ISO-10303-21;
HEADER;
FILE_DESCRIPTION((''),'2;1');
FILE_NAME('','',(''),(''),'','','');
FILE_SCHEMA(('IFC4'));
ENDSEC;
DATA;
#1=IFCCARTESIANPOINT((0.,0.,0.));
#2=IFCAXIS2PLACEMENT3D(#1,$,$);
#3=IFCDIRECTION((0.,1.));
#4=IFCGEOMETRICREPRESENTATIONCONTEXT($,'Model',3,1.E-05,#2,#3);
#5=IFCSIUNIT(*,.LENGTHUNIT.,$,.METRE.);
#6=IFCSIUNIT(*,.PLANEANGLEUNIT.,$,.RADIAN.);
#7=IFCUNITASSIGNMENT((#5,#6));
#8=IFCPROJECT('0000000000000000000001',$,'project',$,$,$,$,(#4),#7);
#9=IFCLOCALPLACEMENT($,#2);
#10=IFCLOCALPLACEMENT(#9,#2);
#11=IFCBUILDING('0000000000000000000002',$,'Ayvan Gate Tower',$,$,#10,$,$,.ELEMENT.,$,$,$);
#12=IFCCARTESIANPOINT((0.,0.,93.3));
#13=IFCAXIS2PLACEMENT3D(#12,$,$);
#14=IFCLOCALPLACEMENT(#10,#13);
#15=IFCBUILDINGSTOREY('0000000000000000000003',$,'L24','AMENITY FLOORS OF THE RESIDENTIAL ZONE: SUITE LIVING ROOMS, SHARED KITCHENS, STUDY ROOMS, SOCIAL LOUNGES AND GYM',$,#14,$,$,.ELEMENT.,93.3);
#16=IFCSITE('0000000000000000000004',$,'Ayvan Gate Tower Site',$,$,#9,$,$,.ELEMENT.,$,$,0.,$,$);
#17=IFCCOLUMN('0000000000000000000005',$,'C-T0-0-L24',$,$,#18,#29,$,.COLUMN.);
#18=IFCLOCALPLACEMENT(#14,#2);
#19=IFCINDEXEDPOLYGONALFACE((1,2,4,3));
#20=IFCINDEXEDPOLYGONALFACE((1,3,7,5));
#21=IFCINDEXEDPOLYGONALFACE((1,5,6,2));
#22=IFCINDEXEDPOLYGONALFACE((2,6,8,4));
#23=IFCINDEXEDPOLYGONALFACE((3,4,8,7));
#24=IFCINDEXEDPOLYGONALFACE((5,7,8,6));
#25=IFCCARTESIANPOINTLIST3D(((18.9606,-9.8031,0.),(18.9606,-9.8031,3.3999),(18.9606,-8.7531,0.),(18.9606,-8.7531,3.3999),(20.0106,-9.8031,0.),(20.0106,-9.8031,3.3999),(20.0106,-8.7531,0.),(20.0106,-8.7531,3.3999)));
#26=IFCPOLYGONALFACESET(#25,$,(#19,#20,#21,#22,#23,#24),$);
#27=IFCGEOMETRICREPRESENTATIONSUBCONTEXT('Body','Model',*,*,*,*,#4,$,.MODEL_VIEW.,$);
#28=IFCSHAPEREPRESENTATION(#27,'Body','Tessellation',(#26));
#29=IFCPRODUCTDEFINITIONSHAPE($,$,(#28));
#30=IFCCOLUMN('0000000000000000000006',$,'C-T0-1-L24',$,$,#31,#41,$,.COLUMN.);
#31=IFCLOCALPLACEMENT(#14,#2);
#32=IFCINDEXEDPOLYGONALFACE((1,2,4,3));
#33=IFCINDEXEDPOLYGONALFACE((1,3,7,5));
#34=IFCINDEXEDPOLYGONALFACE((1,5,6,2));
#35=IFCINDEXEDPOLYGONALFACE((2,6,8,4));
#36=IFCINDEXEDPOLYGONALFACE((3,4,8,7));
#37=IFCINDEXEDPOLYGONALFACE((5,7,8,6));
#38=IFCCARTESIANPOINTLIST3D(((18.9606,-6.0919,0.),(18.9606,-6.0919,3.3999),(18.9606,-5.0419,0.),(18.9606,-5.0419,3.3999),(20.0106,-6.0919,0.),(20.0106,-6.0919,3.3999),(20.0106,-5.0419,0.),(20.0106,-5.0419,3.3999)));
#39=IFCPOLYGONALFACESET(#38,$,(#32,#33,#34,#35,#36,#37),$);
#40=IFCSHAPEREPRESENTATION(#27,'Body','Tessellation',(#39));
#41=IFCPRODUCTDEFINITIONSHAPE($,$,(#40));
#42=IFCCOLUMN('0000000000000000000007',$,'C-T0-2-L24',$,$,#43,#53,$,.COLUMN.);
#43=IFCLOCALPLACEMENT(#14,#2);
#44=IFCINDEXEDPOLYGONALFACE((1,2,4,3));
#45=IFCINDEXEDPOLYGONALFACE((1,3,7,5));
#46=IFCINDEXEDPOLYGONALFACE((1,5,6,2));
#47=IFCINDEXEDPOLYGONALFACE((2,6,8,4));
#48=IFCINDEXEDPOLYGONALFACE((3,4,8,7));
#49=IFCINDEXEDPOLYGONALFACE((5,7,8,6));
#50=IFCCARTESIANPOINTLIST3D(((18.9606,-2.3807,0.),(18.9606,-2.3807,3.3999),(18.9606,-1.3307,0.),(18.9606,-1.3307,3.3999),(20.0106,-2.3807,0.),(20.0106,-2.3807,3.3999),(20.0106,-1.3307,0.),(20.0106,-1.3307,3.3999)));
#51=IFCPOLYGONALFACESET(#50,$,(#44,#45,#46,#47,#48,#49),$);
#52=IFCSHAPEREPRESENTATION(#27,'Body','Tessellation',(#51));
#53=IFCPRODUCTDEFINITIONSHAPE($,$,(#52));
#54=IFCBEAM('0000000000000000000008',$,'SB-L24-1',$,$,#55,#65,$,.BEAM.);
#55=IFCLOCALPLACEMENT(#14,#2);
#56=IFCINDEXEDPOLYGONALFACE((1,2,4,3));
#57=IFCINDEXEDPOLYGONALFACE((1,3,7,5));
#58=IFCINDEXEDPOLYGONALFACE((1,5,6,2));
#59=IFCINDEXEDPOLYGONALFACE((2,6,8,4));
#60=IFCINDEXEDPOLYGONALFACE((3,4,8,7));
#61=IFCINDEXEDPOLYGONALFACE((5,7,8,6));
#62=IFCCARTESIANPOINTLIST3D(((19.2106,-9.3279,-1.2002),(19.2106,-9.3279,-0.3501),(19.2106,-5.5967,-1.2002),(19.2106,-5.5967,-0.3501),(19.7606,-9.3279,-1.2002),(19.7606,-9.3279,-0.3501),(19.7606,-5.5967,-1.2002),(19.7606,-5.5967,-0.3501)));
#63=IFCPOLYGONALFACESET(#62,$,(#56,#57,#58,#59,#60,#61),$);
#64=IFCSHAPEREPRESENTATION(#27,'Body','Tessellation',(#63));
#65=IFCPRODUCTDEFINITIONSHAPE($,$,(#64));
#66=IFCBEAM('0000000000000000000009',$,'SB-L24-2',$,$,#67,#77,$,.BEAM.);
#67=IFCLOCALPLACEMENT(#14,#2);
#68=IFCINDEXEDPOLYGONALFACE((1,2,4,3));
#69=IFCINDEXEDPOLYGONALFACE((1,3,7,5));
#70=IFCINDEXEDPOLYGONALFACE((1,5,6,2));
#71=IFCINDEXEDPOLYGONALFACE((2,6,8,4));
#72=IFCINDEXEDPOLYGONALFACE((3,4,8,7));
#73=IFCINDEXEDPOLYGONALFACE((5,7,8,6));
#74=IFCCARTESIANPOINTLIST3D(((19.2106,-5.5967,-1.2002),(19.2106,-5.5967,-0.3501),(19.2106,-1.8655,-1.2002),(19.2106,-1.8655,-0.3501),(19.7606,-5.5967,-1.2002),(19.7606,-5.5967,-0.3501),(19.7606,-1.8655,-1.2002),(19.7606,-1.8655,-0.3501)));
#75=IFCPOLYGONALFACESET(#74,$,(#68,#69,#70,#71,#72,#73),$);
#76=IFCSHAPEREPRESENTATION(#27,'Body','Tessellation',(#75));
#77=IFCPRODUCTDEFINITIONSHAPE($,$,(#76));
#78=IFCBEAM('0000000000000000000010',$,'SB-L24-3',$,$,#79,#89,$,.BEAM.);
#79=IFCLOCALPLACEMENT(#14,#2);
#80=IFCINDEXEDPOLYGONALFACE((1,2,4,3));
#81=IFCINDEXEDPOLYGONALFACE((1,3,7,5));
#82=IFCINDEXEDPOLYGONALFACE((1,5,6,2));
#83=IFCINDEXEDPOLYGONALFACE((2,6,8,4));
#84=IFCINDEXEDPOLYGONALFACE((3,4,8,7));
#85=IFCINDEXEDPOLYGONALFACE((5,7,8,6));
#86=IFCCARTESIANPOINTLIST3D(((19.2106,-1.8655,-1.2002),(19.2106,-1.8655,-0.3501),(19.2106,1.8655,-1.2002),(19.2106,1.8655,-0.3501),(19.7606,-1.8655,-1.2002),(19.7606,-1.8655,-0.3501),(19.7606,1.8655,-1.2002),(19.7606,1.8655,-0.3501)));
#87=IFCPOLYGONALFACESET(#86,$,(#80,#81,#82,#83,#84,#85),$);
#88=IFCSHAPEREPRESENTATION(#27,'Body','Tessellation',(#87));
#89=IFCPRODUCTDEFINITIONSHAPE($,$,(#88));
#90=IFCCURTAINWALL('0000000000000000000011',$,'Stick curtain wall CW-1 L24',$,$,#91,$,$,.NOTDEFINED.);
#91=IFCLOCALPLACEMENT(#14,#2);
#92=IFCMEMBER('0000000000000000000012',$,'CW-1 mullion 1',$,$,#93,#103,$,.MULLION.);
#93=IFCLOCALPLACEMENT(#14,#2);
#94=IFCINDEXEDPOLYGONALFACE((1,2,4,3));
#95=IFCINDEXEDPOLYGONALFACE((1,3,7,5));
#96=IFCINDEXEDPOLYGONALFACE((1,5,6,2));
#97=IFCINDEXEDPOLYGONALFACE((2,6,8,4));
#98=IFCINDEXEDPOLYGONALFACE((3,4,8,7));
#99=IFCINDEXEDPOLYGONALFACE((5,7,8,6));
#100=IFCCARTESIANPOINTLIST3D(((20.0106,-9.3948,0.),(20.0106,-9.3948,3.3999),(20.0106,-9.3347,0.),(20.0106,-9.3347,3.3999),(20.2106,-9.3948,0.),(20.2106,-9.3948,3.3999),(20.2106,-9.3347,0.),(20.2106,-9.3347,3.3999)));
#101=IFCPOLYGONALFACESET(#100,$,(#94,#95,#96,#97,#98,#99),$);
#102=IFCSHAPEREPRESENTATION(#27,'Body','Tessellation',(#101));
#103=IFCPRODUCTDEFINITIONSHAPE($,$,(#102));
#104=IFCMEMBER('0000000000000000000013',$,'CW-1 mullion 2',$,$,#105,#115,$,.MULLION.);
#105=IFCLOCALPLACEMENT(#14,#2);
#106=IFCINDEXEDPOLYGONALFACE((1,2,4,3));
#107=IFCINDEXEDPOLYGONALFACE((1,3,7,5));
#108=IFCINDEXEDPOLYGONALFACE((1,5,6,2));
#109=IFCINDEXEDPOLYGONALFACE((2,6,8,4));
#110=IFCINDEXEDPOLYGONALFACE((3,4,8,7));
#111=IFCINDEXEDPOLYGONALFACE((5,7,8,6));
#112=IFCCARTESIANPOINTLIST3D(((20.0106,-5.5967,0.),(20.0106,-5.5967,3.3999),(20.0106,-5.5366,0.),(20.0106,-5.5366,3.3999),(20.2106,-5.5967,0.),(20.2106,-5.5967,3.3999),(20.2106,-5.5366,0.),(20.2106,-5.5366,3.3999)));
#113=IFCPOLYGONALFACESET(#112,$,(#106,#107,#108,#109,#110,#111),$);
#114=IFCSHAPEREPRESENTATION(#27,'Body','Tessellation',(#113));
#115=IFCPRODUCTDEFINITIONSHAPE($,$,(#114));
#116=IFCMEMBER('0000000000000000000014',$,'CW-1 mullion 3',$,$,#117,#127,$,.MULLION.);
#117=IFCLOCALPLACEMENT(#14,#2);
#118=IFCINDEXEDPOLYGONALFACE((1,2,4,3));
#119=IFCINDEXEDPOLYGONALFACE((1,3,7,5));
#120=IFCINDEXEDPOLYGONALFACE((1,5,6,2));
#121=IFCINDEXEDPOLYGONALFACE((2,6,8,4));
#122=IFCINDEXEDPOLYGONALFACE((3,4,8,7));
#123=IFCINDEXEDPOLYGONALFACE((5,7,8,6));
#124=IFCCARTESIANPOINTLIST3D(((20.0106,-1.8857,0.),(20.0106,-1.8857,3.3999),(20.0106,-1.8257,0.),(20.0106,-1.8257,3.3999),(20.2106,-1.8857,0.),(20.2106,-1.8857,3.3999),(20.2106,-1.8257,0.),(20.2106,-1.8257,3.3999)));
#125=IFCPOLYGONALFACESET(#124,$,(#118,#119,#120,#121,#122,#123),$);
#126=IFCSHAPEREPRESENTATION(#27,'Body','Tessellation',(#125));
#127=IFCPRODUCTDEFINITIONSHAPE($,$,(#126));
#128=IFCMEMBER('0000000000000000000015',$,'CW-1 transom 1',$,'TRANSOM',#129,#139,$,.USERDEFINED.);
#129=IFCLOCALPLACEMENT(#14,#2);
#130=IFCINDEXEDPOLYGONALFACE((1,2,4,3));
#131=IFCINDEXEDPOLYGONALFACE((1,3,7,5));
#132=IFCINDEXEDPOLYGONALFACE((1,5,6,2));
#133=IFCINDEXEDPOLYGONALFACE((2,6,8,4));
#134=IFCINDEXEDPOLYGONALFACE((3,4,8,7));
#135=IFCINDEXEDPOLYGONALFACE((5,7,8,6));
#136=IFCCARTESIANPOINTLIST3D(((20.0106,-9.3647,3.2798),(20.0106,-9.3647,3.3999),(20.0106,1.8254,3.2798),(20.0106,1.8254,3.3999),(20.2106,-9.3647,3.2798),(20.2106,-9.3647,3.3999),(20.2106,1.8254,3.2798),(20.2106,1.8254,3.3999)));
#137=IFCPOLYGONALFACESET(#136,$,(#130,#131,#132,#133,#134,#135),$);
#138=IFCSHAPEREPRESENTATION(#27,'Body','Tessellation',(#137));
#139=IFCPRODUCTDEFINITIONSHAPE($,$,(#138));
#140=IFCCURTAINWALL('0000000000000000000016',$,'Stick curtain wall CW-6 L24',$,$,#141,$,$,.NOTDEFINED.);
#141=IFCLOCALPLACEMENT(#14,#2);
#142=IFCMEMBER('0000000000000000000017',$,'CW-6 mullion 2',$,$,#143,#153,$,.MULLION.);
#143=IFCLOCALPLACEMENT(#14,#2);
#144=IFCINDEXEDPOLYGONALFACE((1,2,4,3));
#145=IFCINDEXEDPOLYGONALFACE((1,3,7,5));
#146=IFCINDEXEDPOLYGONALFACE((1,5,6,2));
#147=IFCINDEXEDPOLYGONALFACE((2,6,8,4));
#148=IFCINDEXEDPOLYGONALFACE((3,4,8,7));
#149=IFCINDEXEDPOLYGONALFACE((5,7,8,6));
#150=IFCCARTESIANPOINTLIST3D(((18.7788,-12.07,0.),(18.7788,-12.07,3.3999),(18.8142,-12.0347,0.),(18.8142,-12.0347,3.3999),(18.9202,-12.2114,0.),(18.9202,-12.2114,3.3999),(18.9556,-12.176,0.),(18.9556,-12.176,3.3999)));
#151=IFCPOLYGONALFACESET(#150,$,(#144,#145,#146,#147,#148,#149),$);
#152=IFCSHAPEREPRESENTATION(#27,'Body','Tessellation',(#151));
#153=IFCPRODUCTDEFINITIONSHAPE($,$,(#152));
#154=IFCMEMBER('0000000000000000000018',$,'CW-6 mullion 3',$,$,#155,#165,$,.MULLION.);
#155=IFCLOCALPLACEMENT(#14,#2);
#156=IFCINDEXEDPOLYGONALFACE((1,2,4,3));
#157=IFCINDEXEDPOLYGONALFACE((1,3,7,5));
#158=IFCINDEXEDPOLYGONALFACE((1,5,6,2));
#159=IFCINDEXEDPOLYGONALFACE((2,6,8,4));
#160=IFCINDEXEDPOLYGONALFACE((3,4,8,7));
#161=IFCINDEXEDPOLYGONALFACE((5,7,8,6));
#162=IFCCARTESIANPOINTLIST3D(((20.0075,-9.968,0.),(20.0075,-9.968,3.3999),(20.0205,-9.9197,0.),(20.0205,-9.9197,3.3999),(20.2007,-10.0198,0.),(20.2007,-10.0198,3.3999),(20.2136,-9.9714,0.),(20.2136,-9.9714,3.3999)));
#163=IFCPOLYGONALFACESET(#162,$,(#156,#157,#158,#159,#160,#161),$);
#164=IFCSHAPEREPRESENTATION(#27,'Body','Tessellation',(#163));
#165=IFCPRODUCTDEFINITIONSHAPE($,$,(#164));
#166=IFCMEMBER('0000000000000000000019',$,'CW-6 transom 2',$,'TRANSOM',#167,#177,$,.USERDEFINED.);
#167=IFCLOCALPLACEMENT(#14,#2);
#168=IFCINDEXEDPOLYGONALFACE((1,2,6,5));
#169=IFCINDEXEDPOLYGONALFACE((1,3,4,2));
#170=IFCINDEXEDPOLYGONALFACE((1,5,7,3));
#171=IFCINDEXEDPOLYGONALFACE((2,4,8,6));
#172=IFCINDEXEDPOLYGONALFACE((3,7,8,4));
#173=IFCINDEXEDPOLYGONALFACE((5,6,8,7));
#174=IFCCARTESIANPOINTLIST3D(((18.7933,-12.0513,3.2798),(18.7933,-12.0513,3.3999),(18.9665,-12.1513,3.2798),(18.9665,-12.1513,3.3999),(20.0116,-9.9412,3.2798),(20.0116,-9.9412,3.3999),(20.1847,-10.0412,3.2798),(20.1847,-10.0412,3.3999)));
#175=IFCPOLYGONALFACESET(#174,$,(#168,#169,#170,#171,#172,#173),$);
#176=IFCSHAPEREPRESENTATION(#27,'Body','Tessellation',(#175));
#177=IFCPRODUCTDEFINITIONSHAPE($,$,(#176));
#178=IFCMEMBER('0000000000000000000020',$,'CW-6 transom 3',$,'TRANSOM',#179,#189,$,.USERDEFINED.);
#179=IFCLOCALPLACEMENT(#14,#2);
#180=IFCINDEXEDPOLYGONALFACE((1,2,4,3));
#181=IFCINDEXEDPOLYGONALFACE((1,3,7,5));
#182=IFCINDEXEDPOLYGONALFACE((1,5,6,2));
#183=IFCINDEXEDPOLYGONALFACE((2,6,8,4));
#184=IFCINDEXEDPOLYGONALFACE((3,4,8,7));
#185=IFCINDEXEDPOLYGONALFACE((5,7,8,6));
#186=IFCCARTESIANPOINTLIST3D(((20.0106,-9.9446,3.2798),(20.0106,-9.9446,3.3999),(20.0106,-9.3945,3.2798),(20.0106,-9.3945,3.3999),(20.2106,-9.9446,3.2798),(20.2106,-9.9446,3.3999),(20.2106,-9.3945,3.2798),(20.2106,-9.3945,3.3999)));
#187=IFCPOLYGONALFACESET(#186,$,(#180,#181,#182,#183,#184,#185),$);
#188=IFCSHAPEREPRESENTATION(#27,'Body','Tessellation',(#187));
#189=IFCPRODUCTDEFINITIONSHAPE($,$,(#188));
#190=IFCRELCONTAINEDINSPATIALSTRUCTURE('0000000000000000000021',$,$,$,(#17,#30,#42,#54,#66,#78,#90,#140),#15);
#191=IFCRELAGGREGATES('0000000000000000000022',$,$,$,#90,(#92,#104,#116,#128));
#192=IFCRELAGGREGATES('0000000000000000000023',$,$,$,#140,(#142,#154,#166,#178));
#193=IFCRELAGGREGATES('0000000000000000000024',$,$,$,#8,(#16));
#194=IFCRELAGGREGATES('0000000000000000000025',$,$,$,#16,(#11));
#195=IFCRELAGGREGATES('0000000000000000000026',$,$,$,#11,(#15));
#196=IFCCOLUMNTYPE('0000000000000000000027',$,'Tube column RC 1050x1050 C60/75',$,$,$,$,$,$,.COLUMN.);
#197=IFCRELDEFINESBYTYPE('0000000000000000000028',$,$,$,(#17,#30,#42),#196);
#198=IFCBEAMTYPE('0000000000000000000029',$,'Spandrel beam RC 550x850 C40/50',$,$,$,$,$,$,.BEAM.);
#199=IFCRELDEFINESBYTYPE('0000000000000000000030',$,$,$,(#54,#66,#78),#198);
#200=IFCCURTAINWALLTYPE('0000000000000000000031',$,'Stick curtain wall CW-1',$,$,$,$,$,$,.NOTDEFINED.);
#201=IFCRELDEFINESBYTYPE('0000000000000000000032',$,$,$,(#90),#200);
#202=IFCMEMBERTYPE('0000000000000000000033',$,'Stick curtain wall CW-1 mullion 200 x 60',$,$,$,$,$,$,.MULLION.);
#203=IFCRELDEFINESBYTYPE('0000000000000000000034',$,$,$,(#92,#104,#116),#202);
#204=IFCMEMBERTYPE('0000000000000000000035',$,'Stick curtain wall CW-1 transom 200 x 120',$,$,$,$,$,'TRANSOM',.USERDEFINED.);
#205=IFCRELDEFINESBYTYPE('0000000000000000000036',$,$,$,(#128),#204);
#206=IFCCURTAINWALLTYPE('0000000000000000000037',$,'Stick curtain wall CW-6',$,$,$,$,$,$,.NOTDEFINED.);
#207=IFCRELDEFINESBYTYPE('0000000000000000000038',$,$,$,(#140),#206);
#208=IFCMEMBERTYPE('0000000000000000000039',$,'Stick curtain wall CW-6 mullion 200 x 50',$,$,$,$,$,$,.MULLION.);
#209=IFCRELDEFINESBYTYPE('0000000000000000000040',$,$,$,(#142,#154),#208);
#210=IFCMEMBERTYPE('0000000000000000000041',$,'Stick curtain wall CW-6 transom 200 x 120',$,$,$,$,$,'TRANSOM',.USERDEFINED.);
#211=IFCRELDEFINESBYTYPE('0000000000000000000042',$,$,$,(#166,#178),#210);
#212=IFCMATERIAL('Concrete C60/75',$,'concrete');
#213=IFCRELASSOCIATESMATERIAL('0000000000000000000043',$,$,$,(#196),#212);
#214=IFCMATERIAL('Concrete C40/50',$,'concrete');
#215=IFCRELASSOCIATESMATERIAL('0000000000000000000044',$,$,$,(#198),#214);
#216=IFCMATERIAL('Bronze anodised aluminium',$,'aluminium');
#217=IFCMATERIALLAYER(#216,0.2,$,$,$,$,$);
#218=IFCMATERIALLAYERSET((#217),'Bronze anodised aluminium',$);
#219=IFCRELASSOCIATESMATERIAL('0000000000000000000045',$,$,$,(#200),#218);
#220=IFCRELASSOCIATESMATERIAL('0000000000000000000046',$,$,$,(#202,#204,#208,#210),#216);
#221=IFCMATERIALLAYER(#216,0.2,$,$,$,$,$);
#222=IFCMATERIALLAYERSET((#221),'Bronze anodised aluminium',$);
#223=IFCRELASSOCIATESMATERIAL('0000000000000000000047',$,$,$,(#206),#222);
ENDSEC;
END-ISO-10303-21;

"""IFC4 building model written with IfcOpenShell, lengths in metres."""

from ifc_helpers import new_model, si_unit, direction, frame, origin, origin_2d, place, context, subcontext, project, spatial, rectangle, extrude, material, layer, layer_set, material_profile, profile_set, type_object, element, aggregate, save


model = new_model("IFC4")

# Units and contexts
model_context = context("Model", 3, precision=1e-05, world=origin(), true_north=direction((0.0, 1.0)))
body_context = subcontext(model_context, "Body", "Model", "MODEL_VIEW")
ifc_project = project(units=[si_unit("LENGTHUNIT", "METRE"), si_unit("PLANEANGLEUNIT", "RADIAN")], contexts=[model_context])

# Site, building, storey
site_placement = place(None, origin())
site = spatial("IfcSite", under=ifc_project, at=site_placement, Name="Ayvan Gate Tower Site", CompositionType="ELEMENT", RefElevation=0.0)
building_placement = place(site_placement, origin())
building = spatial("IfcBuilding", under=site, at=building_placement, Name="Ayvan Gate Tower", CompositionType="ELEMENT")
storey_placement = place(building_placement, frame((0.0, 0.0, 93.3)))
storey = spatial("IfcBuildingStorey", under=building, at=storey_placement, Name="L24", Description="AMENITY FLOORS OF THE RESIDENTIAL ZONE: SUITE LIVING ROOMS, SHARED KITCHENS, STUDY ROOMS, SOCIAL LOUNGES AND GYM", CompositionType="ELEMENT", Elevation=93.3)

# Columns
ifc_material_1 = material(Name="Concrete C60/75", Category="concrete")
ifc_material_profile_1 = material_profile(ifc_material_1, rectangle(XDim=1.05, YDim=1.05, at=origin_2d()), Name="RC 1050x1050")
ifc_profile_set_1 = profile_set([ifc_material_profile_1], Name="Concrete C60/75")
column_type = type_object("IfcColumnType", Name="Tube column RC 1050x1050 C60/75", PredefinedType="COLUMN", material=ifc_profile_set_1)
for number, where, z_axis, x_axis, name in (
    (1, (19.4856, -9.2781, 0.0), (0.0, 0.0, 1.0), (1.0, 0.0, 0.0), "C-T0-0-L24"),
    (2, (19.4856, -5.5669, 0.0), (0.0, 0.0, 1.0), (1.0, 0.0, 0.0), "C-T0-1-L24"),
    (3, (19.4856, -1.8557, 0.0), (0.0, 0.0, 1.0), (1.0, 0.0, 0.0), "C-T0-2-L24"),
):
    element("IfcColumn", number, at=place(storey_placement, frame(where, z_axis=z_axis, x_axis=x_axis)), inside=storey, type_object=column_type, Name=name, PredefinedType="COLUMN", context=body_context, shape_type="SweptSolid", body=[
        extrude(rectangle(XDim=1.05, YDim=1.05, at=origin_2d()), origin(), (0.0, 0.0, 1.0), 3.3999),
    ])

# Beams
ifc_material_2 = material(Name="Concrete C40/50", Category="concrete")
ifc_material_profile_2 = material_profile(ifc_material_2, rectangle(XDim=0.55, YDim=0.8501, at=origin_2d()), Name="RC 550x850")
ifc_profile_set_2 = profile_set([ifc_material_profile_2], Name="Concrete C40/50")
beam_type = type_object("IfcBeamType", Name="Spandrel beam RC 550x850 C40/50", PredefinedType="BEAM", material=ifc_profile_set_2)
for number, where, z_axis, x_axis, name in (
    (4, (19.4856, -9.3279, -0.7751), (0.0, 1.0, 0.0), (-1.0, 0.0, 0.0), "SB-L24-1"),
    (5, (19.4856, -5.5967, -0.7751), (0.0, 1.0, 0.0), (-1.0, 0.0, 0.0), "SB-L24-2"),
):
    element("IfcBeam", number, at=place(storey_placement, frame(where, z_axis=z_axis, x_axis=x_axis)), inside=storey, type_object=beam_type, Name=name, PredefinedType="BEAM", context=body_context, shape_type="SweptSolid", body=[
        extrude(rectangle(XDim=0.55, YDim=0.8501, at=origin_2d()), origin(), (0.0, 0.0, 1.0), 3.7312),
    ])
beam_placement = place(storey_placement, frame((19.4856, -1.8655, -0.7751), z_axis=(0.0, 1.0, 0.0), x_axis=(-1.0, 0.0, 0.0)))
element("IfcBeam", 6, at=beam_placement, inside=storey, type_object=beam_type, Name="SB-L24-3", PredefinedType="BEAM", context=body_context, shape_type="SweptSolid", body=[
    extrude(rectangle(XDim=0.55, YDim=0.8501, at=origin_2d()), origin(), (0.0, 0.0, 1.0), 3.731),
])

# Curtain walls, members
ifc_material_3 = material(Name="Bronze anodised aluminium", Category="aluminium")
ifc_layer_1 = layer(ifc_material_3, 0.2)
ifc_layer_set_1 = layer_set([ifc_layer_1], Name="Bronze anodised aluminium")
curtain_wall_type_1 = type_object("IfcCurtainWallType", Name="Stick curtain wall CW-1", PredefinedType="NOTDEFINED", material=ifc_layer_set_1)
curtain_wall_1_placement = place(storey_placement, origin())
curtain_wall_1 = element("IfcCurtainWall", 7, at=curtain_wall_1_placement, inside=storey, type_object=curtain_wall_type_1, Name="Stick curtain wall CW-1 L24", PredefinedType="NOTDEFINED")
ifc_material_profile_3 = material_profile(ifc_material_3, rectangle(XDim=0.2, YDim=0.0601, at=origin_2d()), Name="Stick curtain wall CW-1 mullion 200 x 60")
ifc_profile_set_3 = profile_set([ifc_material_profile_3], Name="Bronze anodised aluminium")
member_type_1 = type_object("IfcMemberType", Name="Stick curtain wall CW-1 mullion 200 x 60", PredefinedType="MULLION", material=ifc_profile_set_3)
member_1_placement = place(storey_placement, frame((20.1106, -9.3647, 0.0), z_axis=(0.0, 0.0, 1.0), x_axis=(1.0, 0.0, 0.0)))
member_1 = element("IfcMember", 8, at=member_1_placement, type_object=member_type_1, Name="CW-1 mullion 1", PredefinedType="MULLION", context=body_context, shape_type="SweptSolid", body=[
    extrude(rectangle(XDim=0.2, YDim=0.0601, at=origin_2d()), origin(), (0.0, 0.0, 1.0), 3.3999),
])
member_2_placement = place(storey_placement, frame((20.1106, -5.5667, 0.0), z_axis=(0.0, 0.0, 1.0), x_axis=(1.0, 0.0, 0.0)))
member_2 = element("IfcMember", 9, at=member_2_placement, type_object=member_type_1, Name="CW-1 mullion 2", PredefinedType="MULLION", context=body_context, shape_type="SweptSolid", body=[
    extrude(rectangle(XDim=0.2, YDim=0.0601, at=origin_2d()), origin(), (0.0, 0.0, 1.0), 3.3999),
])
member_3_placement = place(storey_placement, frame((20.1106, -1.8557, 0.0), z_axis=(0.0, 0.0, 1.0), x_axis=(1.0, 0.0, 0.0)))
member_3 = element("IfcMember", 10, at=member_3_placement, type_object=member_type_1, Name="CW-1 mullion 3", PredefinedType="MULLION", context=body_context, shape_type="SweptSolid", body=[
    extrude(rectangle(XDim=0.2, YDim=0.0601, at=origin_2d()), origin(), (0.0, 0.0, 1.0), 3.3999),
])
ifc_material_profile_4 = material_profile(ifc_material_3, rectangle(XDim=0.2, YDim=0.1201, at=origin_2d()), Name="Stick curtain wall CW-1 transom 200 x 120")
ifc_profile_set_4 = profile_set([ifc_material_profile_4], Name="Bronze anodised aluminium")
member_type_2 = type_object("IfcMemberType", Name="Stick curtain wall CW-1 transom 200 x 120", ElementType="TRANSOM", PredefinedType="USERDEFINED", material=ifc_profile_set_4)
member_4_placement = place(storey_placement, frame((20.1106, -9.3647, 3.3398), z_axis=(0.0, 1.0, 0.0), x_axis=(-1.0, 0.0, 0.0)))
member_4 = element("IfcMember", 11, at=member_4_placement, type_object=member_type_2, Name="CW-1 transom 1", ObjectType="TRANSOM", PredefinedType="USERDEFINED", context=body_context, shape_type="SweptSolid", body=[
    extrude(rectangle(XDim=0.2, YDim=0.1201, at=origin_2d()), origin(), (0.0, 0.0, 1.0), 11.1902),
])
ifc_layer_2 = layer(ifc_material_3, 0.2)
ifc_layer_set_2 = layer_set([ifc_layer_2], Name="Bronze anodised aluminium")
curtain_wall_type_2 = type_object("IfcCurtainWallType", Name="Stick curtain wall CW-6", PredefinedType="NOTDEFINED", material=ifc_layer_set_2)
curtain_wall_2_placement = place(storey_placement, origin())
curtain_wall_2 = element("IfcCurtainWall", 12, at=curtain_wall_2_placement, inside=storey, type_object=curtain_wall_type_2, Name="Stick curtain wall CW-6 L24", PredefinedType="NOTDEFINED")
ifc_material_profile_5 = material_profile(ifc_material_3, rectangle(XDim=0.2, YDim=0.05, at=origin_2d()), Name="Stick curtain wall CW-6 mullion 200 x 50")
ifc_profile_set_5 = profile_set([ifc_material_profile_5], Name="Bronze anodised aluminium")
member_type_3 = type_object("IfcMemberType", Name="Stick curtain wall CW-6 mullion 200 x 50", PredefinedType="MULLION", material=ifc_profile_set_5)
member_5_placement = place(storey_placement, frame((18.8672, -12.123, 0.0), z_axis=(0.0, 0.0, 1.0), x_axis=(0.707107, -0.707107, 0.0)))
member_5 = element("IfcMember", 13, at=member_5_placement, type_object=member_type_3, Name="CW-6 mullion 2", PredefinedType="MULLION", context=body_context, shape_type="SweptSolid", body=[
    extrude(rectangle(XDim=0.2, YDim=0.05, at=origin_2d()), origin(), (0.0, 0.0, 1.0), 3.3999),
])
member_6_placement = place(storey_placement, frame((20.1106, -9.9697, 0.0), z_axis=(0.0, 0.0, 1.0), x_axis=(0.965926, -0.258819, 0.0)))
member_6 = element("IfcMember", 14, at=member_6_placement, type_object=member_type_3, Name="CW-6 mullion 3", PredefinedType="MULLION", context=body_context, shape_type="SweptSolid", body=[
    extrude(rectangle(XDim=0.2, YDim=0.05, at=origin_2d()), origin(), (0.0, 0.0, 1.0), 3.3999),
])
ifc_material_profile_6 = material_profile(ifc_material_3, rectangle(XDim=0.2, YDim=0.1201, at=origin_2d()), Name="Stick curtain wall CW-6 transom 200 x 120")
ifc_profile_set_6 = profile_set([ifc_material_profile_6], Name="Bronze anodised aluminium")
member_type_4 = type_object("IfcMemberType", Name="Stick curtain wall CW-6 transom 200 x 120", ElementType="TRANSOM", PredefinedType="USERDEFINED", material=ifc_profile_set_6)
member_7_placement = place(storey_placement, frame((18.8799, -12.1013, 3.3398), z_axis=(0.499997, 0.866027, 0.0), x_axis=(-0.866027, 0.499997, 0.0)))
member_7 = element("IfcMember", 15, at=member_7_placement, type_object=member_type_4, Name="CW-6 transom 2", ObjectType="TRANSOM", PredefinedType="USERDEFINED", context=body_context, shape_type="SweptSolid", body=[
    extrude(rectangle(XDim=0.2, YDim=0.1201, at=origin_2d()), origin(), (0.0, 0.0, 1.0), 2.4365),
])
member_8_placement = place(storey_placement, frame((20.1106, -9.9446, 3.3398), z_axis=(0.0, 1.0, 0.0), x_axis=(-1.0, 0.0, 0.0)))
member_8 = element("IfcMember", 16, at=member_8_placement, type_object=member_type_4, Name="CW-6 transom 3", ObjectType="TRANSOM", PredefinedType="USERDEFINED", context=body_context, shape_type="SweptSolid", body=[
    extrude(rectangle(XDim=0.2, YDim=0.1201, at=origin_2d()), origin(), (0.0, 0.0, 1.0), 0.55),
])

aggregate(curtain_wall_1, [member_1, member_2, member_3, member_4])
aggregate(curtain_wall_2, [member_5, member_6, member_7, member_8])

save(model, "model.ifc")
